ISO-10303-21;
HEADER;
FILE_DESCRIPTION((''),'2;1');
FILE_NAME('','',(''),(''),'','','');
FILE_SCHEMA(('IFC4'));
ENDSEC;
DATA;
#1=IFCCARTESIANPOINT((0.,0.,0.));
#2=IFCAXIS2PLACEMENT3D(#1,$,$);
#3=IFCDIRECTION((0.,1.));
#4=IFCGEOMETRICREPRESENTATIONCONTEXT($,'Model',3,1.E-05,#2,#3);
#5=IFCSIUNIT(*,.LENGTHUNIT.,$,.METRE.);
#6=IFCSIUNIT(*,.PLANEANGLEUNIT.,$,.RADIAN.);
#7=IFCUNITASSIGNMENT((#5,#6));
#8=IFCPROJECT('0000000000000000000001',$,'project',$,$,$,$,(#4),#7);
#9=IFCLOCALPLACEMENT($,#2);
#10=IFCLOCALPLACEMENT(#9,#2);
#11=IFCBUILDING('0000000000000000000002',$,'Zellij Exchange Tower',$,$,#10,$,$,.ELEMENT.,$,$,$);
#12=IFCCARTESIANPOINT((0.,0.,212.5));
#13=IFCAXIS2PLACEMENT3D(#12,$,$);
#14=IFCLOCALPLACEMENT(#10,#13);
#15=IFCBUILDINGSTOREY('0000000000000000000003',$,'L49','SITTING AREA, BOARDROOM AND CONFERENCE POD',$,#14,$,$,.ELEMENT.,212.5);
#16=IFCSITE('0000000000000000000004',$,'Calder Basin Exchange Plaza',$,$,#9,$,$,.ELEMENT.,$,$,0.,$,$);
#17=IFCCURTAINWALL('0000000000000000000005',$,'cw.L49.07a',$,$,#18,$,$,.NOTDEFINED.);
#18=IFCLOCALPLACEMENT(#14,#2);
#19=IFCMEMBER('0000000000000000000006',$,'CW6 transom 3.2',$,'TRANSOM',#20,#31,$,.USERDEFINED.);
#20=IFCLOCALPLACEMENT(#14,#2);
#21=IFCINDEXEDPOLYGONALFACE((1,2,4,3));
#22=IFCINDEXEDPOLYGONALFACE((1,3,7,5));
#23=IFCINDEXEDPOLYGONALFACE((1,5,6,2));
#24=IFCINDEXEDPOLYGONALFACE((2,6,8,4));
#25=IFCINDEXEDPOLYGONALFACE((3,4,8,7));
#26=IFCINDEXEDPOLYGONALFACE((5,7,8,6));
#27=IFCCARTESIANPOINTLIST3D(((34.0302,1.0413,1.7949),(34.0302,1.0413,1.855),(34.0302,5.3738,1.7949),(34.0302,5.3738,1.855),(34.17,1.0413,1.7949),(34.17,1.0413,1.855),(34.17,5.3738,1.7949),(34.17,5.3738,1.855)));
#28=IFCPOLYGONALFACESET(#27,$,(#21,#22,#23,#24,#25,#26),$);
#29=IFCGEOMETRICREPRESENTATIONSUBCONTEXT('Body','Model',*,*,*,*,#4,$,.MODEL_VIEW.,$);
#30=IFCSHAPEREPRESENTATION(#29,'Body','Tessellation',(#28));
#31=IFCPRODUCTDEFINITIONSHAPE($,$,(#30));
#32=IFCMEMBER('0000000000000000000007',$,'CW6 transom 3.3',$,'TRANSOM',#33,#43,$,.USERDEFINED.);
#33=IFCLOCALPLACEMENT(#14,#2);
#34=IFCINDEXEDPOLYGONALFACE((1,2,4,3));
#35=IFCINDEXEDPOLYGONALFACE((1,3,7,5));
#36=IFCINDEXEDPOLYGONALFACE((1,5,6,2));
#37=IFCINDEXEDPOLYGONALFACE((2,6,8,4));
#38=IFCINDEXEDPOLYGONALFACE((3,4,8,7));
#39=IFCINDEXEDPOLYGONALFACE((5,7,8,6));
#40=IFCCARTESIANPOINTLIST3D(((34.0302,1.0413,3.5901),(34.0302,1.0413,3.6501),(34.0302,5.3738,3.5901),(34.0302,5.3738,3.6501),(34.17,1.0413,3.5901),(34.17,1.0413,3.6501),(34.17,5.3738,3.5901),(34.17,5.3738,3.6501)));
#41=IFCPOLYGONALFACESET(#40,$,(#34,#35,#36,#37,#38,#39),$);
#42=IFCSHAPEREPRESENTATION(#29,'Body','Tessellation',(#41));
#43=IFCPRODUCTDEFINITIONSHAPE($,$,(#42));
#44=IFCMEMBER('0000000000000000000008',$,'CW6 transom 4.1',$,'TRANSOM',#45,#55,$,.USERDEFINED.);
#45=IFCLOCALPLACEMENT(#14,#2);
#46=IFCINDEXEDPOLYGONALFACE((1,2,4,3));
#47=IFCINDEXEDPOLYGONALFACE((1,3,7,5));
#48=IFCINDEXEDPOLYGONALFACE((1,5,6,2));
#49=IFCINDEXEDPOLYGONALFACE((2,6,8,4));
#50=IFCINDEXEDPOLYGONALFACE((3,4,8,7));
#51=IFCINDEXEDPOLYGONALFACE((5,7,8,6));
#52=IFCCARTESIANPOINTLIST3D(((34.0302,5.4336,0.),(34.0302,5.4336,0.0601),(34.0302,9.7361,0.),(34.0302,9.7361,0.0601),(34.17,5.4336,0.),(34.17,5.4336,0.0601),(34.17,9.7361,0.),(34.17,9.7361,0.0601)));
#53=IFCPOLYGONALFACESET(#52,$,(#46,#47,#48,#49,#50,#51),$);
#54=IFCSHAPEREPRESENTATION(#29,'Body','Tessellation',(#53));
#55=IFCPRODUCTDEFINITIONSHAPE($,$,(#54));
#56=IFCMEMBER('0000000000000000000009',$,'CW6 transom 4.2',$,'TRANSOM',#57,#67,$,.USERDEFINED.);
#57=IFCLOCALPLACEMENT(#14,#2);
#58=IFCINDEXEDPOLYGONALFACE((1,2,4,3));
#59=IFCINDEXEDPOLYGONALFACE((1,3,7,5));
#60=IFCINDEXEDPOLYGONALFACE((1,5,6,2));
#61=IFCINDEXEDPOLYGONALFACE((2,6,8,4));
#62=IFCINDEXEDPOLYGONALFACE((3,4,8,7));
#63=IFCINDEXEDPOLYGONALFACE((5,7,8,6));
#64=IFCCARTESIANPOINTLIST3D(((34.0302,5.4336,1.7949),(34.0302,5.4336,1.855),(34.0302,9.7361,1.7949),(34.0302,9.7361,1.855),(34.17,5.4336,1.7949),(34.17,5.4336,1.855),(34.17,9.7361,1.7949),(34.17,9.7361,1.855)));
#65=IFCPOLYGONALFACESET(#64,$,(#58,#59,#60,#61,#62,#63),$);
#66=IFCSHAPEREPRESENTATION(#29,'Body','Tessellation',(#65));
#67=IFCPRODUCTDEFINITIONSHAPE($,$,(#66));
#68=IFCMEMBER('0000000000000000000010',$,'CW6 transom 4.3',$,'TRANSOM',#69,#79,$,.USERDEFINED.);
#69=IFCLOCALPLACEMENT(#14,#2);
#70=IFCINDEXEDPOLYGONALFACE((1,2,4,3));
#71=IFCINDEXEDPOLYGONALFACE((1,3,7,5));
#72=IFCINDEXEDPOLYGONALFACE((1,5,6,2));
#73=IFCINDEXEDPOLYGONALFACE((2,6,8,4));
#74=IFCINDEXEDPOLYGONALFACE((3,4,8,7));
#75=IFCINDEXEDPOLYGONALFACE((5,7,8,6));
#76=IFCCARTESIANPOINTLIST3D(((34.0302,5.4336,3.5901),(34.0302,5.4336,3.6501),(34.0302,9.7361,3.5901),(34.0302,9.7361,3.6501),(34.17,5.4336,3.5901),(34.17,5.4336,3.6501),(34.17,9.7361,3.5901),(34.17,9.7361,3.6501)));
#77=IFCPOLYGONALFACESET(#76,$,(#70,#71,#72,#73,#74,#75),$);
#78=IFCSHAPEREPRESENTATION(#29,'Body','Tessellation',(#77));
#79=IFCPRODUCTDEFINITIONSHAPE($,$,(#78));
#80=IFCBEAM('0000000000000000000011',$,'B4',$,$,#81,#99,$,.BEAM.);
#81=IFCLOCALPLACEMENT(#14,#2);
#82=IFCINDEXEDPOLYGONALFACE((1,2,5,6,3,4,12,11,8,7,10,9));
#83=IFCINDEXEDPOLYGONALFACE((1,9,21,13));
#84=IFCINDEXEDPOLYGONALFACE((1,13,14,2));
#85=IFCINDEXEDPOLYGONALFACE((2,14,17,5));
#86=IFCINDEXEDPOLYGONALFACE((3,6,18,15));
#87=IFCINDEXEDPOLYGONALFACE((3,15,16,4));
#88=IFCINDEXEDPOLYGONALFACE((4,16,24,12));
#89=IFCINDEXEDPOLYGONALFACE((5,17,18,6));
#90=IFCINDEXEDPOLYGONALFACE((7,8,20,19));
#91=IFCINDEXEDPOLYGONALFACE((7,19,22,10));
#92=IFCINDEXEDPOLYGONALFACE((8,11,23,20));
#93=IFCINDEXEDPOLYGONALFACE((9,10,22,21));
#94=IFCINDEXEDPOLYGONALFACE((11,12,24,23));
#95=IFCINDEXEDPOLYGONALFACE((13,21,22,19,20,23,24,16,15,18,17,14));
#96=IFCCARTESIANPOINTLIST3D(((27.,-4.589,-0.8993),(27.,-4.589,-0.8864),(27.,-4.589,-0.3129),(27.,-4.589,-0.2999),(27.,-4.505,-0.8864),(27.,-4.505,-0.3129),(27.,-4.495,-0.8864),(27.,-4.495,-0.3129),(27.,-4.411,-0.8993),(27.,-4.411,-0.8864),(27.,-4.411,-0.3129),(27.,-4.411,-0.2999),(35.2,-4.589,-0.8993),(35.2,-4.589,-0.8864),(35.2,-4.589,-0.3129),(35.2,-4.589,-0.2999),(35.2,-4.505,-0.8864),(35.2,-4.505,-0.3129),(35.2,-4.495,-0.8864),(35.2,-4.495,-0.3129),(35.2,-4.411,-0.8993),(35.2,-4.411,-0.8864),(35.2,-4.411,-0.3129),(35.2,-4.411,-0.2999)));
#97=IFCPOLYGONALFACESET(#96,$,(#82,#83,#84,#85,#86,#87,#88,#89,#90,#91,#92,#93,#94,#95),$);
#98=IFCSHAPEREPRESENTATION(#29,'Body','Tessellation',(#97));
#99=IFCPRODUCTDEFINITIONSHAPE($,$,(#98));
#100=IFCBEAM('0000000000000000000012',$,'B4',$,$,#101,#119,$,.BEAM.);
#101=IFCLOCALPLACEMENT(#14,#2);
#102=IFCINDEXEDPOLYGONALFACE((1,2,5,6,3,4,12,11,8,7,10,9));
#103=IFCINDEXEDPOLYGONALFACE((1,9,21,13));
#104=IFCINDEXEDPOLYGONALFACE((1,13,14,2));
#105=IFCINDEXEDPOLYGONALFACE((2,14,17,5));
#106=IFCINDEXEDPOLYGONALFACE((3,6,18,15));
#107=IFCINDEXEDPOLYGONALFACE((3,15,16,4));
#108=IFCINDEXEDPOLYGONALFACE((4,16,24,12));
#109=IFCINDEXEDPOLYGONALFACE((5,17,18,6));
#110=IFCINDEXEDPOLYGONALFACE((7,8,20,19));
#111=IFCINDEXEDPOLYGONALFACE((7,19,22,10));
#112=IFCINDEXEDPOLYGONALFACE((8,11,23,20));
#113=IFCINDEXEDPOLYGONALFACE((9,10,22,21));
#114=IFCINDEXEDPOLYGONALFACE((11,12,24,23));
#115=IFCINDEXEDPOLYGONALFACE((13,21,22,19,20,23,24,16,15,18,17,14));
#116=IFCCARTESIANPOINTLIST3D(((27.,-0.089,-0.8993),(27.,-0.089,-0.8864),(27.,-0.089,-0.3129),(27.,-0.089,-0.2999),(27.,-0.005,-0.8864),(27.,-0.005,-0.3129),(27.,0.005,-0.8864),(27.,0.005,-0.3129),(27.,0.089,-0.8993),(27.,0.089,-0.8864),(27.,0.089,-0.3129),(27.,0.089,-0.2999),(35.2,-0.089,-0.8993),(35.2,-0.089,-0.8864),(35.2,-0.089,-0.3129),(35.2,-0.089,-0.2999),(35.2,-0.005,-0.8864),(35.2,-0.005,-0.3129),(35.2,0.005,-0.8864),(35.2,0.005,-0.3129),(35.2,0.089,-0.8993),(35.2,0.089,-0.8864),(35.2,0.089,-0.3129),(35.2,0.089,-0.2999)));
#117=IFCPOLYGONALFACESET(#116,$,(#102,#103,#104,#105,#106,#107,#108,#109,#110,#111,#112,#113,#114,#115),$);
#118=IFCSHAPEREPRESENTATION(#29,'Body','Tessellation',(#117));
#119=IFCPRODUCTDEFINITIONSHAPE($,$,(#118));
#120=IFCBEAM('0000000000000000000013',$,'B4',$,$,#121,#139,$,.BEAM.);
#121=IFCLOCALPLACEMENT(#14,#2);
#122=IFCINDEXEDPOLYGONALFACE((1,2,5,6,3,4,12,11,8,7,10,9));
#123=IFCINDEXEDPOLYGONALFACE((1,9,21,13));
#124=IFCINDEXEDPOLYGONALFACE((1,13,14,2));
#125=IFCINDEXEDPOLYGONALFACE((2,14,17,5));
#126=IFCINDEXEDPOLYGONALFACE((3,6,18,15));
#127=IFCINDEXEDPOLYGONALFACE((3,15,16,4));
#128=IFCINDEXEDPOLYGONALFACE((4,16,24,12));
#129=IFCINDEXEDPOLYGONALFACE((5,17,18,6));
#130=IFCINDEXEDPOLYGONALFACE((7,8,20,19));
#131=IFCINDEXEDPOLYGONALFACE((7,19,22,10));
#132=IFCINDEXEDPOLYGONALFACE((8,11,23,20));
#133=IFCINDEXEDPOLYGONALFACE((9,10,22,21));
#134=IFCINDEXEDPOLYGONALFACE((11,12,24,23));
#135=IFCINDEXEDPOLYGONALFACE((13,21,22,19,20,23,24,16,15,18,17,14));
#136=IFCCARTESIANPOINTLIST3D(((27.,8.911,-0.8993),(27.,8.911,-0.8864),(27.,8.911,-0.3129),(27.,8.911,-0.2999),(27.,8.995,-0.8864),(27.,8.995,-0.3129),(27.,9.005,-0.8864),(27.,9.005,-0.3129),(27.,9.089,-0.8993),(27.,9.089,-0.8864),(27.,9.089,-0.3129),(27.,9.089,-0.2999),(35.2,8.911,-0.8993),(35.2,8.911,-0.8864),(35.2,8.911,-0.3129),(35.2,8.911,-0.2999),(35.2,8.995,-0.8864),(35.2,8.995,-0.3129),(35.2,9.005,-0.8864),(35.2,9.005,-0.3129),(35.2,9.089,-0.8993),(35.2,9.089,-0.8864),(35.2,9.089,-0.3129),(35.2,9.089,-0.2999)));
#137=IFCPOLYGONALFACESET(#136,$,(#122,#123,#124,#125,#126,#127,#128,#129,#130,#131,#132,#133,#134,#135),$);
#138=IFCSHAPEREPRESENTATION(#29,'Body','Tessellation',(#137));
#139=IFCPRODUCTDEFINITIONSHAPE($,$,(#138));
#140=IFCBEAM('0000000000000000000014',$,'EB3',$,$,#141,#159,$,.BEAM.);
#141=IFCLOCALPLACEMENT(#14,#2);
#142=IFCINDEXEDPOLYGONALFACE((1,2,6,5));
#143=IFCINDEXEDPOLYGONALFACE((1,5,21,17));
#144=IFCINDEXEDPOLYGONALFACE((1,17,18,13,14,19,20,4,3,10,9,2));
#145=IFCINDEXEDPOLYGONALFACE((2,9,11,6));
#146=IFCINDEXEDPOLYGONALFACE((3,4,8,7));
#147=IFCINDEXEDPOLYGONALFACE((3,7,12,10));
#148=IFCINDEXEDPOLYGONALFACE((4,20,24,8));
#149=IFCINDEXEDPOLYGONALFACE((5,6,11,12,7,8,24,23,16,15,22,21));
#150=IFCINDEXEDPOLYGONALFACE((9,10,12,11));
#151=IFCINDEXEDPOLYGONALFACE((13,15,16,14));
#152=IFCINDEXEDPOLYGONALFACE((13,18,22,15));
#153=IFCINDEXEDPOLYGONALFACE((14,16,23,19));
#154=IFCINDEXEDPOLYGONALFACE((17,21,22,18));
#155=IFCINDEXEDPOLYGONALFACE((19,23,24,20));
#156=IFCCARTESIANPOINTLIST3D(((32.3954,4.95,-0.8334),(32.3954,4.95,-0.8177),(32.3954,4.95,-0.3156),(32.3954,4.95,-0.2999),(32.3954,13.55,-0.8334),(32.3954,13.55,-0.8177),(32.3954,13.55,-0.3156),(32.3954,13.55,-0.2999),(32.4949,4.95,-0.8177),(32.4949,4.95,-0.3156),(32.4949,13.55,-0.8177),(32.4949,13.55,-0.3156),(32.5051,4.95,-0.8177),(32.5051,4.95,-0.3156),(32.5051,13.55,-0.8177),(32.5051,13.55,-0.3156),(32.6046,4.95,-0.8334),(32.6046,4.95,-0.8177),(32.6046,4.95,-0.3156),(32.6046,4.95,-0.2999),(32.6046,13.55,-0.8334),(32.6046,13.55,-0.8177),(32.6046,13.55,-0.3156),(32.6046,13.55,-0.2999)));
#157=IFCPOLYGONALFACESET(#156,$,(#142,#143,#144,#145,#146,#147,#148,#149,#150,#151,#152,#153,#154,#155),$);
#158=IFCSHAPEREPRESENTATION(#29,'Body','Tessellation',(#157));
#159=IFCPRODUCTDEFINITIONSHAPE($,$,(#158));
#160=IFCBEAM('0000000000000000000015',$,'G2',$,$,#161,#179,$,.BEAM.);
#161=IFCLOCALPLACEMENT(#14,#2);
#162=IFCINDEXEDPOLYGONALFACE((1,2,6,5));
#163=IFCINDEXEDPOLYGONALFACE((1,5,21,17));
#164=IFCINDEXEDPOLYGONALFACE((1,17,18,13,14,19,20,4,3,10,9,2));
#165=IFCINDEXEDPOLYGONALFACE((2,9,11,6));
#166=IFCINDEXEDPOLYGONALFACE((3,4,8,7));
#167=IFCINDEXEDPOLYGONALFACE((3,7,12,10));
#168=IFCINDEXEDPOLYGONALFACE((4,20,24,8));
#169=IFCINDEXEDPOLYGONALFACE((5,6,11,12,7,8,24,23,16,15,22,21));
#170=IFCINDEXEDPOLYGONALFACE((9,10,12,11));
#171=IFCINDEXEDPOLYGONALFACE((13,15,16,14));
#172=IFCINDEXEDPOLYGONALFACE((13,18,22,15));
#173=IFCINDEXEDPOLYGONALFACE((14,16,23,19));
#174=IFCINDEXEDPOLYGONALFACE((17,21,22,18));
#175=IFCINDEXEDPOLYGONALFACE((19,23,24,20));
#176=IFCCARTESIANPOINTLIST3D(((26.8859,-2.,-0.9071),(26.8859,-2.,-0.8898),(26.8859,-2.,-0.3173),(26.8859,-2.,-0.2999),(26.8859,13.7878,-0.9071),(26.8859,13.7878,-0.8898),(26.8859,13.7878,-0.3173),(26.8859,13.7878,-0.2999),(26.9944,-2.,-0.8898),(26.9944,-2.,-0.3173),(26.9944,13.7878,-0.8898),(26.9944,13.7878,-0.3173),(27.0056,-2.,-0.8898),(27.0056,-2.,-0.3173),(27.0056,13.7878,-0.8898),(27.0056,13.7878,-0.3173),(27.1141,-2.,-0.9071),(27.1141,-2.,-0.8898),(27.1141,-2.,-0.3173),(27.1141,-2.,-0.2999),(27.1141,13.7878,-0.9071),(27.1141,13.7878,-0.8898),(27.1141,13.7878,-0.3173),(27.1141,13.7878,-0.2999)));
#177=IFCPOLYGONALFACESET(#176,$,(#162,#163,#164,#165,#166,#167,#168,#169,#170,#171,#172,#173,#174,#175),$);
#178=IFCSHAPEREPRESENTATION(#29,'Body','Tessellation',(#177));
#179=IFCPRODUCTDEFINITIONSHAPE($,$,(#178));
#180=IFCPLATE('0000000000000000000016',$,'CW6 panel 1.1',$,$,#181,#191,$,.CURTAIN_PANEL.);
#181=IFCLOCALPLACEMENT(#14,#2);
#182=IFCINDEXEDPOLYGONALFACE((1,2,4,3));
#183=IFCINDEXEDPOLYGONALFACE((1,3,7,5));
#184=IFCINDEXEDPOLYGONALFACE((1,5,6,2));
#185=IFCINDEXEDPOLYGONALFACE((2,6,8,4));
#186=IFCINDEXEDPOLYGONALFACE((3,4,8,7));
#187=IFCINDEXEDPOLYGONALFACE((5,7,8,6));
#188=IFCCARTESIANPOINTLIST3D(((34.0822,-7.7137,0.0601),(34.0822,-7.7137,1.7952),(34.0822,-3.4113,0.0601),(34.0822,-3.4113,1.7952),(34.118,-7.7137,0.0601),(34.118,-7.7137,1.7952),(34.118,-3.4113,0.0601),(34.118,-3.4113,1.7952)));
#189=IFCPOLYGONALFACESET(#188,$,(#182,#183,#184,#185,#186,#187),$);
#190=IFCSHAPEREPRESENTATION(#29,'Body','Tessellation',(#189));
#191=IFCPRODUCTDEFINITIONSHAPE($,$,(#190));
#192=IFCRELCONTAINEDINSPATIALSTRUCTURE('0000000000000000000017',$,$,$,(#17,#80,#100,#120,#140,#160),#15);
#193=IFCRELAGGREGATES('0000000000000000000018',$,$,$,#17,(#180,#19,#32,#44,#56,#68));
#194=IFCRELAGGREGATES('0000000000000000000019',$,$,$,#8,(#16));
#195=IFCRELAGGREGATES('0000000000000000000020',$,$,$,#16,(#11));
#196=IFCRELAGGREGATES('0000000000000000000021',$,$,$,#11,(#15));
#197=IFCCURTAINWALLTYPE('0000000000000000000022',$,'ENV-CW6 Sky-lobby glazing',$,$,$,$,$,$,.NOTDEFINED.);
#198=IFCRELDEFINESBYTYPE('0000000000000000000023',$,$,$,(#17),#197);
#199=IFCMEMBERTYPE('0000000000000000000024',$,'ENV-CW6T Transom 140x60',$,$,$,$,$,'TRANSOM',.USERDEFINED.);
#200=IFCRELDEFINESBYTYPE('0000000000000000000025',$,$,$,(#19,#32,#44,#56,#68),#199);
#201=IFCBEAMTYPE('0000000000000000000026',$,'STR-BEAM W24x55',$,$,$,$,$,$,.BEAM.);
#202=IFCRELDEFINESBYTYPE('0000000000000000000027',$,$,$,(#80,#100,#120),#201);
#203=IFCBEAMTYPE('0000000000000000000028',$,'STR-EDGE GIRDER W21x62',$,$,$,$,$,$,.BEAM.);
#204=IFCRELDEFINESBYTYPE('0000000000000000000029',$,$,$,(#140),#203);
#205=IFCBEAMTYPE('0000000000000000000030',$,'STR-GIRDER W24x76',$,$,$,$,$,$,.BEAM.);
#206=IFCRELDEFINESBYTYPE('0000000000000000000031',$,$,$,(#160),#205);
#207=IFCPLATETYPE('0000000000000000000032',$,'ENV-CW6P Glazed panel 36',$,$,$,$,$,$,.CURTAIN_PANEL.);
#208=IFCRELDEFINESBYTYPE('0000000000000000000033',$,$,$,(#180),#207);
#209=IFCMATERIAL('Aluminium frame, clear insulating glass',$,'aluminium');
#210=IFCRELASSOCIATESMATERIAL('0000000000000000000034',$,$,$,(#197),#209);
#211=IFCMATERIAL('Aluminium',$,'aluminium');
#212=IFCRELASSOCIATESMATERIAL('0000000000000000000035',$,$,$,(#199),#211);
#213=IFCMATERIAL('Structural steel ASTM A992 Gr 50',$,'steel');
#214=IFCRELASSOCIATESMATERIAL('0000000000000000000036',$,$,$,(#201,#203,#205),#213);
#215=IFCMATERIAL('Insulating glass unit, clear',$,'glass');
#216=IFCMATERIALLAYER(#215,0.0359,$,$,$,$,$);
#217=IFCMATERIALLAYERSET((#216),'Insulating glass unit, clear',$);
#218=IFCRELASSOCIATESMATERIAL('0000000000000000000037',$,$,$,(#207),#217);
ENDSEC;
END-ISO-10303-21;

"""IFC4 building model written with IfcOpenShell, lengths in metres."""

from ifc_helpers import new_model, si_unit, direction, frame, origin, origin_2d, place, context, subcontext, project, spatial, rectangle, i_section, extrude, material, layer, layer_set, material_profile, profile_set, type_object, element, aggregate, save


model = new_model("IFC4")

# Units and contexts
model_context = context("Model", 3, precision=1e-05, world=origin(), true_north=direction((0.0, 1.0)))
body_context = subcontext(model_context, "Body", "Model", "MODEL_VIEW")
ifc_project = project(units=[si_unit("LENGTHUNIT", "METRE"), si_unit("PLANEANGLEUNIT", "RADIAN")], contexts=[model_context])

# Site, building, storey
site_placement = place(None, origin())
site = spatial("IfcSite", under=ifc_project, at=site_placement, Name="Calder Basin Exchange Plaza", CompositionType="ELEMENT", RefElevation=0.0)
building_placement = place(site_placement, origin())
building = spatial("IfcBuilding", under=site, at=building_placement, Name="Zellij Exchange Tower", CompositionType="ELEMENT")
storey_placement = place(building_placement, frame((0.0, 0.0, 212.5)))
storey = spatial("IfcBuildingStorey", under=building, at=storey_placement, Name="L49", Description="SITTING AREA, BOARDROOM AND CONFERENCE POD", CompositionType="ELEMENT", Elevation=212.5)

# Curtain wall, members
ifc_material_1 = material(Name="Aluminium frame, clear insulating glass", Category="aluminium")
curtain_wall_type = type_object("IfcCurtainWallType", Name="ENV-CW6 Sky-lobby glazing", PredefinedType="NOTDEFINED", material=ifc_material_1)
curtain_wall_placement = place(storey_placement, origin())
curtain_wall = element("IfcCurtainWall", 1, at=curtain_wall_placement, inside=storey, type_object=curtain_wall_type, Name="cw.L49.07a", PredefinedType="NOTDEFINED")
ifc_material_2 = material(Name="Aluminium", Category="aluminium")
ifc_material_profile_1 = material_profile(ifc_material_2, rectangle(XDim=0.1399, YDim=0.0601, at=origin_2d()), Name="AL 140x60")
ifc_profile_set_1 = profile_set([ifc_material_profile_1], Name="Aluminium")
member_type_1 = type_object("IfcMemberType", Name="ENV-CW6T Transom 140x60", ElementType="TRANSOM", PredefinedType="USERDEFINED", material=ifc_profile_set_1)
member_1_placement = place(storey_placement, frame((34.1001, 1.0413, 1.825), z_axis=(0.0, 1.0, 0.0), x_axis=(-1.0, 0.0, 0.0)))
member_1 = element("IfcMember", 2, at=member_1_placement, type_object=member_type_1, Name="CW6 transom 3.2", ObjectType="TRANSOM", PredefinedType="USERDEFINED", context=body_context, shape_type="SweptSolid", body=[
    extrude(rectangle(XDim=0.1399, YDim=0.0601, at=origin_2d()), origin(), (0.0, 0.0, 1.0), 4.3325),
])
member_2_placement = place(storey_placement, frame((34.1001, 1.0413, 3.6201), z_axis=(0.0, 1.0, 0.0), x_axis=(-1.0, 0.0, 0.0)))
member_2 = element("IfcMember", 3, at=member_2_placement, type_object=member_type_1, Name="CW6 transom 3.3", ObjectType="TRANSOM", PredefinedType="USERDEFINED", context=body_context, shape_type="SweptSolid", body=[
    extrude(rectangle(XDim=0.1399, YDim=0.0601, at=origin_2d()), origin(), (0.0, 0.0, 1.0), 4.3325),
])
member_3_placement = place(storey_placement, frame((34.1001, 5.4336, 0.03), z_axis=(0.0, 1.0, 0.0), x_axis=(-1.0, 0.0, 0.0)))
member_3 = element("IfcMember", 4, at=member_3_placement, type_object=member_type_1, Name="CW6 transom 4.1", ObjectType="TRANSOM", PredefinedType="USERDEFINED", context=body_context, shape_type="SweptSolid", body=[
    extrude(rectangle(XDim=0.1399, YDim=0.0601, at=origin_2d()), origin(), (0.0, 0.0, 1.0), 4.3025),
])
member_4_placement = place(storey_placement, frame((34.1001, 5.4336, 1.825), z_axis=(0.0, 1.0, 0.0), x_axis=(-1.0, 0.0, 0.0)))
member_4 = element("IfcMember", 5, at=member_4_placement, type_object=member_type_1, Name="CW6 transom 4.2", ObjectType="TRANSOM", PredefinedType="USERDEFINED", context=body_context, shape_type="SweptSolid", body=[
    extrude(rectangle(XDim=0.1399, YDim=0.0601, at=origin_2d()), origin(), (0.0, 0.0, 1.0), 4.3025),
])
member_5_placement = place(storey_placement, frame((34.1001, 5.4336, 3.6201), z_axis=(0.0, 1.0, 0.0), x_axis=(-1.0, 0.0, 0.0)))
member_5 = element("IfcMember", 6, at=member_5_placement, type_object=member_type_1, Name="CW6 transom 4.3", ObjectType="TRANSOM", PredefinedType="USERDEFINED", context=body_context, shape_type="SweptSolid", body=[
    extrude(rectangle(XDim=0.1399, YDim=0.0601, at=origin_2d()), origin(), (0.0, 0.0, 1.0), 4.3025),
])

# Beams
ifc_material_3 = material(Name="Structural steel ASTM A992 Gr 50", Category="steel")
ifc_material_profile_2 = material_profile(ifc_material_3, i_section(OverallWidth=0.178, OverallDepth=0.5994, WebThickness=0.01, FlangeThickness=0.0129, at=origin_2d()), Name="W24x55")
ifc_profile_set_2 = profile_set([ifc_material_profile_2], Name="Structural steel ASTM A992 Gr 50")
beam_type_1 = type_object("IfcBeamType", Name="STR-BEAM W24x55", PredefinedType="BEAM", material=ifc_profile_set_2)
for number, where, z_axis, x_axis, name in (
    (7, (27.0, -4.5, -0.5996), (1.0, 0.0, 0.0), (0.0, 1.0, 0.0), "B4"),
    (8, (27.0, 0.0, -0.5996), (1.0, 0.0, 0.0), (0.0, 1.0, 0.0), "B4"),
    (9, (27.0, 9.0, -0.5996), (1.0, 0.0, 0.0), (0.0, 1.0, 0.0), "B4"),
):
    element("IfcBeam", number, at=place(storey_placement, frame(where, z_axis=z_axis, x_axis=x_axis)), inside=storey, type_object=beam_type_1, Name=name, PredefinedType="BEAM", context=body_context, shape_type="SweptSolid", body=[
        extrude(i_section(OverallWidth=0.178, OverallDepth=0.5994, WebThickness=0.01, FlangeThickness=0.0129, at=origin_2d()), origin(), (0.0, 0.0, 1.0), 8.2),
    ])
ifc_material_profile_3 = material_profile(ifc_material_3, i_section(OverallWidth=0.2092, OverallDepth=0.5334, WebThickness=0.0103, FlangeThickness=0.0156, at=origin_2d()), Name="W21x62")
ifc_profile_set_3 = profile_set([ifc_material_profile_3], Name="Structural steel ASTM A992 Gr 50")
beam_type_2 = type_object("IfcBeamType", Name="STR-EDGE GIRDER W21x62", PredefinedType="BEAM", material=ifc_profile_set_3)
beam_1_placement = place(storey_placement, frame((32.5, 4.95, -0.5667), z_axis=(0.0, 1.0, 0.0), x_axis=(-1.0, 0.0, 0.0)))
element("IfcBeam", 10, at=beam_1_placement, inside=storey, type_object=beam_type_2, Name="EB3", PredefinedType="BEAM", context=body_context, shape_type="SweptSolid", body=[
    extrude(i_section(OverallWidth=0.2092, OverallDepth=0.5334, WebThickness=0.0103, FlangeThickness=0.0156, at=origin_2d()), origin(), (0.0, 0.0, 1.0), 8.6001),
])
ifc_material_profile_4 = material_profile(ifc_material_3, i_section(OverallWidth=0.2283, OverallDepth=0.6072, WebThickness=0.0112, FlangeThickness=0.0173, at=origin_2d()), Name="W24x76")
ifc_profile_set_4 = profile_set([ifc_material_profile_4], Name="Structural steel ASTM A992 Gr 50")
beam_type_3 = type_object("IfcBeamType", Name="STR-GIRDER W24x76", PredefinedType="BEAM", material=ifc_profile_set_4)
beam_2_placement = place(storey_placement, frame((27.0, -2.0, -0.6035), z_axis=(0.0, 1.0, 0.0), x_axis=(-1.0, 0.0, 0.0)))
element("IfcBeam", 11, at=beam_2_placement, inside=storey, type_object=beam_type_3, Name="G2", PredefinedType="BEAM", context=body_context, shape_type="SweptSolid", body=[
    extrude(i_section(OverallWidth=0.2283, OverallDepth=0.6072, WebThickness=0.0112, FlangeThickness=0.0173, at=origin_2d()), origin(), (0.0, 0.0, 1.0), 15.7878),
])

# Plate
ifc_material_4 = material(Name="Insulating glass unit, clear", Category="glass")
ifc_layer_1 = layer(ifc_material_4, 0.0359)
ifc_layer_set_1 = layer_set([ifc_layer_1], Name="Insulating glass unit, clear")
plate_type = type_object("IfcPlateType", Name="ENV-CW6P Glazed panel 36", PredefinedType="CURTAIN_PANEL", material=ifc_layer_set_1)
plate_1_placement = place(storey_placement, frame((34.1001, -5.5625, 0.0601), z_axis=(0.0, 0.0, 1.0), x_axis=(0.0, 1.0, 0.0)))
plate_1 = element("IfcPlate", 12, at=plate_1_placement, type_object=plate_type, Name="CW6 panel 1.1", PredefinedType="CURTAIN_PANEL", context=body_context, shape_type="SweptSolid", body=[
    extrude(rectangle(XDim=4.3025, YDim=0.0359, at=origin_2d()), origin(), (0.0, 0.0, 1.0), 1.7351),
])
aggregate(curtain_wall, [plate_1, member_1, member_2, member_3, member_4, member_5])

save(model, "model.ifc")
